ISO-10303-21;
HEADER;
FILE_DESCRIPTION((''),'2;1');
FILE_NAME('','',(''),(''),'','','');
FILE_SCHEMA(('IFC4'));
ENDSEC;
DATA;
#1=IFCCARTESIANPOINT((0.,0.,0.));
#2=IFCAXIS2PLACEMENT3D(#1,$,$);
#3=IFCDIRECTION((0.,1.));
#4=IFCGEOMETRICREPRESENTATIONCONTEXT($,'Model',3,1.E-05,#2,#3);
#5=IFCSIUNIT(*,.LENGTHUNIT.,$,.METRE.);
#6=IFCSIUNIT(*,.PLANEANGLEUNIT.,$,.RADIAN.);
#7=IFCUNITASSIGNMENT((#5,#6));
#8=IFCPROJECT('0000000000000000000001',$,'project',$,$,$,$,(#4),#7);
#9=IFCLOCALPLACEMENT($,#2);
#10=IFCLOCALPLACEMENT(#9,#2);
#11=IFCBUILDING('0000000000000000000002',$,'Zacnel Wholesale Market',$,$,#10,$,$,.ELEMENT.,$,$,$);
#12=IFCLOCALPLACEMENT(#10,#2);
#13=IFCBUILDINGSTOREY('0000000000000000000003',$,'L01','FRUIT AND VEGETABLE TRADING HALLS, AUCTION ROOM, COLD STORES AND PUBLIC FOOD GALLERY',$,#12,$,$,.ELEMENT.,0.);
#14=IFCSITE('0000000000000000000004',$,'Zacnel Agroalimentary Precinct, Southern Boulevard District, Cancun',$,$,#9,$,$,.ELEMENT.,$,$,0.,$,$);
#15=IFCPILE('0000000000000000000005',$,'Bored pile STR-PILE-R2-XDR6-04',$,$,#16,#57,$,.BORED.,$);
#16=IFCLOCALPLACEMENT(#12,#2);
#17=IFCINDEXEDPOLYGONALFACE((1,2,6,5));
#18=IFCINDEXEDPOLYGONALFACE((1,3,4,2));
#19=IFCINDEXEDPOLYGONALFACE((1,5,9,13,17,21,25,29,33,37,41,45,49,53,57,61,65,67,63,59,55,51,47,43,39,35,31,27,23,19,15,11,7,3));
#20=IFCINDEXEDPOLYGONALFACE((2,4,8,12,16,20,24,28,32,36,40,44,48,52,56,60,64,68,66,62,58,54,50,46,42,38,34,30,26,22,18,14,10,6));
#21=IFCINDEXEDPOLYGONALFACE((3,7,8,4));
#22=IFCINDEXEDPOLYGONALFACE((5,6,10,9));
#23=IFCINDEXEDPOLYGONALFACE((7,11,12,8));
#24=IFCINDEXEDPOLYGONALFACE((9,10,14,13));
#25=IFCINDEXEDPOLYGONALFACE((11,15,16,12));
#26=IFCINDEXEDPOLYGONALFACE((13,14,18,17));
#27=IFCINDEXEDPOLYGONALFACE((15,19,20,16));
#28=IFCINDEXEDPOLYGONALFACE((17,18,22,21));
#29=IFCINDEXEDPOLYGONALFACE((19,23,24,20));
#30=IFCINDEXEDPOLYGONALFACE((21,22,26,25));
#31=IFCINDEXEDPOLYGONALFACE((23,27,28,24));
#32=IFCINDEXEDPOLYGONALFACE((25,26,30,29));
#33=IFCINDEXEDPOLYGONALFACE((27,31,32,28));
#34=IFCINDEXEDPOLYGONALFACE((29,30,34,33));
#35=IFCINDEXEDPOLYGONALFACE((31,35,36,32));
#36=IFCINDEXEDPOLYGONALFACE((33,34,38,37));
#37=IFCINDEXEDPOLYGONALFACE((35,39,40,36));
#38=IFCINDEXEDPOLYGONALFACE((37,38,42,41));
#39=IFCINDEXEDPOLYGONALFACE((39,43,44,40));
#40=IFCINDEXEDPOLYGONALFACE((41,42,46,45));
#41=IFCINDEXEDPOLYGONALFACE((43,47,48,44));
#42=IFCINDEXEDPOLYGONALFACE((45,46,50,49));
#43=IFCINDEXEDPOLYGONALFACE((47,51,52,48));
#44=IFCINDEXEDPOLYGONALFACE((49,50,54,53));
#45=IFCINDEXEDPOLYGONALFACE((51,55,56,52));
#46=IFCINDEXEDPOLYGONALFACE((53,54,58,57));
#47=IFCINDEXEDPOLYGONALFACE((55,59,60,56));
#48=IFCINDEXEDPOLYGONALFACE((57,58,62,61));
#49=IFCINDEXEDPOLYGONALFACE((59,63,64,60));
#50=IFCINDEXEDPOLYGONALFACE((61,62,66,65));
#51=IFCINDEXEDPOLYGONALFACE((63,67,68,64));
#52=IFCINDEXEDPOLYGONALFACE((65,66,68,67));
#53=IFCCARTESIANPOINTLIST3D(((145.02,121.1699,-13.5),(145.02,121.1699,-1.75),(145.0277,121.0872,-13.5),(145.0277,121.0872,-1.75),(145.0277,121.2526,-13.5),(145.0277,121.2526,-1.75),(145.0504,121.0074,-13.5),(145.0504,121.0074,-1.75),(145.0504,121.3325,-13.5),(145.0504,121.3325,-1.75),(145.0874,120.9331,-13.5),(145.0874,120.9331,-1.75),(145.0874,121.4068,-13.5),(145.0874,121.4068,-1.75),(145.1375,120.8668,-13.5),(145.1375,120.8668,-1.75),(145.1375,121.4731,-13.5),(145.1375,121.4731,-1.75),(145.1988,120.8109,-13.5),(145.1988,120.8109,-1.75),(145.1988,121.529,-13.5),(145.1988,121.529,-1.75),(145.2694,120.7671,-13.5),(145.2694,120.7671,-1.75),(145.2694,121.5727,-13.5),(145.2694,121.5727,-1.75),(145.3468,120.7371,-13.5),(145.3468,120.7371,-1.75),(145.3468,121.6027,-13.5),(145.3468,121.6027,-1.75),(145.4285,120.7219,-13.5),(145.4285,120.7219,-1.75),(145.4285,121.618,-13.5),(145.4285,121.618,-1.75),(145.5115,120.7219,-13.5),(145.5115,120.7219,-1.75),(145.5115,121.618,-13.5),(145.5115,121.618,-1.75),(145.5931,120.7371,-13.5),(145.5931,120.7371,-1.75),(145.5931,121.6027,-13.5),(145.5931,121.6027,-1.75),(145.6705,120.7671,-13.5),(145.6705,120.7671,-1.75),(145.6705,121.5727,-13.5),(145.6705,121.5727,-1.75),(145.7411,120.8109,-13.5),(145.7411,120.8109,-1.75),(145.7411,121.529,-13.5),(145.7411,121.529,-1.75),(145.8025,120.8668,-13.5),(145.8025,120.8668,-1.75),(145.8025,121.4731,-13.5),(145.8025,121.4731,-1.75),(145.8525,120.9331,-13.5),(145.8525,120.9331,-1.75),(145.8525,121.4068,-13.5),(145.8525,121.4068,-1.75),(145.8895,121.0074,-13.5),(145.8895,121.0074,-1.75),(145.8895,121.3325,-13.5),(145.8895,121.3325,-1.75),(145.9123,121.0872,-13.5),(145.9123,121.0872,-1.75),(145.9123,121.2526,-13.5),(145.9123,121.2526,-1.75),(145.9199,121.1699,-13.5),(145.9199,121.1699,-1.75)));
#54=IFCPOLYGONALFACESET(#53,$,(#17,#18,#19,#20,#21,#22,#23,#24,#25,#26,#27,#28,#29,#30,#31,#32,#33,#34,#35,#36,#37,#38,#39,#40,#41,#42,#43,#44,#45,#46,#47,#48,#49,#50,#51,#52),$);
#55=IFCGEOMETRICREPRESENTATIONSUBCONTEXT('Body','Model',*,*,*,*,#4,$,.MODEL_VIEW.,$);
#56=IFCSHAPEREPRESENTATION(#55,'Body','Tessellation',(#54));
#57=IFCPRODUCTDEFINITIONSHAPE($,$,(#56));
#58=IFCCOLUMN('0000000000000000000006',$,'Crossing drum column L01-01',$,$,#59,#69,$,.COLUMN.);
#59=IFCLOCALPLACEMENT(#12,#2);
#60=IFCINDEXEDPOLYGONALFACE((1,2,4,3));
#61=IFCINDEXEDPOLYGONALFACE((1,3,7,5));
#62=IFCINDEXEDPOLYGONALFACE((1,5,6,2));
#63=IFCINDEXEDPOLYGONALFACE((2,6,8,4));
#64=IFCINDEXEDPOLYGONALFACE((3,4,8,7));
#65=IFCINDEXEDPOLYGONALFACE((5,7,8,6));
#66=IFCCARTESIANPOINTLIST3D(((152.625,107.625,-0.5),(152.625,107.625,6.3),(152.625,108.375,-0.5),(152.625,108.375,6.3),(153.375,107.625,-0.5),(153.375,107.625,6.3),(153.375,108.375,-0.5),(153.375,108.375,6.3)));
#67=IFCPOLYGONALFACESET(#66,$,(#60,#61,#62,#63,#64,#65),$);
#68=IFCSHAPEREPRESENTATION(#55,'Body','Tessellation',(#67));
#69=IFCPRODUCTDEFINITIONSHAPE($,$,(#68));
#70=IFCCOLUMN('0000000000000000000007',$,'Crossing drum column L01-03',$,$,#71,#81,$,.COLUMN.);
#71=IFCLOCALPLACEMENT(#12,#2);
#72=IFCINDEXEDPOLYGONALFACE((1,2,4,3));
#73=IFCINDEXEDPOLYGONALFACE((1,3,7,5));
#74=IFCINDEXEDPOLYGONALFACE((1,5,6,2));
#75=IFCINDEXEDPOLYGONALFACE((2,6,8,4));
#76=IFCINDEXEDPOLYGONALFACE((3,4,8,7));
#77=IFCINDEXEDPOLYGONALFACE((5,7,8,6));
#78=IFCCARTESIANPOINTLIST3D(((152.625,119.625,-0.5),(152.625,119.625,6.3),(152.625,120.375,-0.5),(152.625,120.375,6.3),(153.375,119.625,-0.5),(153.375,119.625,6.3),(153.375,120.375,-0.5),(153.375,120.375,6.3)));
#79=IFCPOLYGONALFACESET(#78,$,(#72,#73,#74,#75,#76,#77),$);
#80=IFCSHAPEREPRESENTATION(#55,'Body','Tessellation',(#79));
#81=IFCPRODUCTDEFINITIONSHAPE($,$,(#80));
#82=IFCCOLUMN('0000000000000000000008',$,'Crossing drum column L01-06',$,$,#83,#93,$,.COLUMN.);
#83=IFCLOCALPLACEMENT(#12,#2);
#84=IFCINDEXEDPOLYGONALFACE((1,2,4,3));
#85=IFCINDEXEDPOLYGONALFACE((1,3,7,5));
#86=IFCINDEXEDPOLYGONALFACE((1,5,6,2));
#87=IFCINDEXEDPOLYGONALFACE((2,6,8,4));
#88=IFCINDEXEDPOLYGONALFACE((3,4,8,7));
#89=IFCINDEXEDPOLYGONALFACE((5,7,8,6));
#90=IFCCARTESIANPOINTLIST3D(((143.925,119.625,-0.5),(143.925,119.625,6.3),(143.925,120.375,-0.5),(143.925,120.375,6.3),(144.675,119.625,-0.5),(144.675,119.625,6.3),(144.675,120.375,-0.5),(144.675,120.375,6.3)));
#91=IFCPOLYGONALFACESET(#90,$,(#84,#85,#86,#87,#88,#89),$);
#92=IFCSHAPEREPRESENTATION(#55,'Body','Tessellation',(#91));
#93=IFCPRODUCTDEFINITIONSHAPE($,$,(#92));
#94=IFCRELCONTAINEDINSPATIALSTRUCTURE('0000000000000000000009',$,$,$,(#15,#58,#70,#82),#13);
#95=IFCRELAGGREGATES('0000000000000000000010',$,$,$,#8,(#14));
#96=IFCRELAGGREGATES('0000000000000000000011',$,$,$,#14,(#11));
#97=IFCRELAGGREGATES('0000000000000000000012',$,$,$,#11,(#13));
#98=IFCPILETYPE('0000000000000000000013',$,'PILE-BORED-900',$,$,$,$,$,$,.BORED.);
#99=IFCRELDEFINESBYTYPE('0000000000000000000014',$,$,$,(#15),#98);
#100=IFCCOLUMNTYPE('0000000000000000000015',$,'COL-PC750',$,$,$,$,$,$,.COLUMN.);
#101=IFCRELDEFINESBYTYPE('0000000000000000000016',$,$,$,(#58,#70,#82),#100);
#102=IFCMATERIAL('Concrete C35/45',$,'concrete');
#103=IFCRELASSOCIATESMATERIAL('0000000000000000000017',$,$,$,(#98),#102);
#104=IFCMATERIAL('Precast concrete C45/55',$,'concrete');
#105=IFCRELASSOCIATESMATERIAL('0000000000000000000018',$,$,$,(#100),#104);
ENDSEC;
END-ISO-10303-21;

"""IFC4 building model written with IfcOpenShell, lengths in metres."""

from ifc_helpers import new_model, si_unit, direction, frame, origin, origin_2d, place, context, subcontext, project, spatial, rectangle, circle, extrude, material, material_profile, profile_set, type_object, element, save


model = new_model("IFC4")

# Units and contexts
model_context = context("Model", 3, precision=1e-05, world=origin(), true_north=direction((0.0, 1.0)))
body_context = subcontext(model_context, "Body", "Model", "MODEL_VIEW")
ifc_project = project(units=[si_unit("LENGTHUNIT", "METRE"), si_unit("PLANEANGLEUNIT", "RADIAN")], contexts=[model_context])

# Site, building, storey
site_placement = place(None, origin())
site = spatial("IfcSite", under=ifc_project, at=site_placement, Name="Zacnel Agroalimentary Precinct, Southern Boulevard District, Cancun", CompositionType="ELEMENT", RefElevation=0.0)
building_placement = place(site_placement, origin())
building = spatial("IfcBuilding", under=site, at=building_placement, Name="Zacnel Wholesale Market", CompositionType="ELEMENT")
storey_placement = place(building_placement, origin())
storey = spatial("IfcBuildingStorey", under=building, at=storey_placement, Name="L01", Description="FRUIT AND VEGETABLE TRADING HALLS, AUCTION ROOM, COLD STORES AND PUBLIC FOOD GALLERY", CompositionType="ELEMENT", Elevation=0.0)

# Pile
ifc_material_1 = material(Name="Concrete C35/45", Category="concrete")
ifc_material_profile_1 = material_profile(ifc_material_1, circle(Radius=0.45, at=origin_2d()), Name="BORED PILE D900")
ifc_profile_set_1 = profile_set([ifc_material_profile_1], Name="Concrete C35/45")
pile_type_1 = type_object("IfcPileType", Name="PILE-BORED-900", PredefinedType="BORED", material=ifc_profile_set_1)
for number, where, z_axis, x_axis, name in (
    (1, (145.47, 121.1699, -1.75), (0.0, 0.0, -1.0), (1.0, 0.0, 0.0), "Bored pile STR-PILE-R2-XDR6-04"),
):
    element("IfcPile", number, at=place(storey_placement, frame(where, z_axis=z_axis, x_axis=x_axis)), inside=storey, type_object=pile_type_1, Name=name, PredefinedType="BORED", context=body_context, shape_type="SweptSolid", body=[
        extrude(circle(Radius=0.45, at=origin_2d()), origin(), (0.0, 0.0, 1.0), 11.75),
    ])

# Columns
ifc_material_2 = material(Name="Precast concrete C45/55", Category="concrete")
ifc_material_profile_2 = material_profile(ifc_material_2, rectangle(XDim=0.75, YDim=0.75, at=origin_2d()), Name="PC 750x750")
ifc_profile_set_2 = profile_set([ifc_material_profile_2], Name="Precast concrete C45/55")
column_type = type_object("IfcColumnType", Name="COL-PC750", PredefinedType="COLUMN", material=ifc_profile_set_2)
for number, where, z_axis, x_axis, name in (
    (2, (153.0, 108.0, -0.5), (0.0, 0.0, 1.0), (1.0, 0.0, 0.0), "Crossing drum column L01-01"),
    (3, (153.0, 120.0, -0.5), (0.0, 0.0, 1.0), (1.0, 0.0, 0.0), "Crossing drum column L01-03"),
    (4, (144.3, 120.0, -0.5), (0.0, 0.0, 1.0), (1.0, 0.0, 0.0), "Crossing drum column L01-06"),
):
    element("IfcColumn", number, at=place(storey_placement, frame(where, z_axis=z_axis, x_axis=x_axis)), inside=storey, type_object=column_type, Name=name, PredefinedType="COLUMN", context=body_context, shape_type="SweptSolid", body=[
        extrude(rectangle(XDim=0.75, YDim=0.75, at=origin_2d()), origin(), (0.0, 0.0, 1.0), 6.8),
    ])

save(model, "model.ifc")
